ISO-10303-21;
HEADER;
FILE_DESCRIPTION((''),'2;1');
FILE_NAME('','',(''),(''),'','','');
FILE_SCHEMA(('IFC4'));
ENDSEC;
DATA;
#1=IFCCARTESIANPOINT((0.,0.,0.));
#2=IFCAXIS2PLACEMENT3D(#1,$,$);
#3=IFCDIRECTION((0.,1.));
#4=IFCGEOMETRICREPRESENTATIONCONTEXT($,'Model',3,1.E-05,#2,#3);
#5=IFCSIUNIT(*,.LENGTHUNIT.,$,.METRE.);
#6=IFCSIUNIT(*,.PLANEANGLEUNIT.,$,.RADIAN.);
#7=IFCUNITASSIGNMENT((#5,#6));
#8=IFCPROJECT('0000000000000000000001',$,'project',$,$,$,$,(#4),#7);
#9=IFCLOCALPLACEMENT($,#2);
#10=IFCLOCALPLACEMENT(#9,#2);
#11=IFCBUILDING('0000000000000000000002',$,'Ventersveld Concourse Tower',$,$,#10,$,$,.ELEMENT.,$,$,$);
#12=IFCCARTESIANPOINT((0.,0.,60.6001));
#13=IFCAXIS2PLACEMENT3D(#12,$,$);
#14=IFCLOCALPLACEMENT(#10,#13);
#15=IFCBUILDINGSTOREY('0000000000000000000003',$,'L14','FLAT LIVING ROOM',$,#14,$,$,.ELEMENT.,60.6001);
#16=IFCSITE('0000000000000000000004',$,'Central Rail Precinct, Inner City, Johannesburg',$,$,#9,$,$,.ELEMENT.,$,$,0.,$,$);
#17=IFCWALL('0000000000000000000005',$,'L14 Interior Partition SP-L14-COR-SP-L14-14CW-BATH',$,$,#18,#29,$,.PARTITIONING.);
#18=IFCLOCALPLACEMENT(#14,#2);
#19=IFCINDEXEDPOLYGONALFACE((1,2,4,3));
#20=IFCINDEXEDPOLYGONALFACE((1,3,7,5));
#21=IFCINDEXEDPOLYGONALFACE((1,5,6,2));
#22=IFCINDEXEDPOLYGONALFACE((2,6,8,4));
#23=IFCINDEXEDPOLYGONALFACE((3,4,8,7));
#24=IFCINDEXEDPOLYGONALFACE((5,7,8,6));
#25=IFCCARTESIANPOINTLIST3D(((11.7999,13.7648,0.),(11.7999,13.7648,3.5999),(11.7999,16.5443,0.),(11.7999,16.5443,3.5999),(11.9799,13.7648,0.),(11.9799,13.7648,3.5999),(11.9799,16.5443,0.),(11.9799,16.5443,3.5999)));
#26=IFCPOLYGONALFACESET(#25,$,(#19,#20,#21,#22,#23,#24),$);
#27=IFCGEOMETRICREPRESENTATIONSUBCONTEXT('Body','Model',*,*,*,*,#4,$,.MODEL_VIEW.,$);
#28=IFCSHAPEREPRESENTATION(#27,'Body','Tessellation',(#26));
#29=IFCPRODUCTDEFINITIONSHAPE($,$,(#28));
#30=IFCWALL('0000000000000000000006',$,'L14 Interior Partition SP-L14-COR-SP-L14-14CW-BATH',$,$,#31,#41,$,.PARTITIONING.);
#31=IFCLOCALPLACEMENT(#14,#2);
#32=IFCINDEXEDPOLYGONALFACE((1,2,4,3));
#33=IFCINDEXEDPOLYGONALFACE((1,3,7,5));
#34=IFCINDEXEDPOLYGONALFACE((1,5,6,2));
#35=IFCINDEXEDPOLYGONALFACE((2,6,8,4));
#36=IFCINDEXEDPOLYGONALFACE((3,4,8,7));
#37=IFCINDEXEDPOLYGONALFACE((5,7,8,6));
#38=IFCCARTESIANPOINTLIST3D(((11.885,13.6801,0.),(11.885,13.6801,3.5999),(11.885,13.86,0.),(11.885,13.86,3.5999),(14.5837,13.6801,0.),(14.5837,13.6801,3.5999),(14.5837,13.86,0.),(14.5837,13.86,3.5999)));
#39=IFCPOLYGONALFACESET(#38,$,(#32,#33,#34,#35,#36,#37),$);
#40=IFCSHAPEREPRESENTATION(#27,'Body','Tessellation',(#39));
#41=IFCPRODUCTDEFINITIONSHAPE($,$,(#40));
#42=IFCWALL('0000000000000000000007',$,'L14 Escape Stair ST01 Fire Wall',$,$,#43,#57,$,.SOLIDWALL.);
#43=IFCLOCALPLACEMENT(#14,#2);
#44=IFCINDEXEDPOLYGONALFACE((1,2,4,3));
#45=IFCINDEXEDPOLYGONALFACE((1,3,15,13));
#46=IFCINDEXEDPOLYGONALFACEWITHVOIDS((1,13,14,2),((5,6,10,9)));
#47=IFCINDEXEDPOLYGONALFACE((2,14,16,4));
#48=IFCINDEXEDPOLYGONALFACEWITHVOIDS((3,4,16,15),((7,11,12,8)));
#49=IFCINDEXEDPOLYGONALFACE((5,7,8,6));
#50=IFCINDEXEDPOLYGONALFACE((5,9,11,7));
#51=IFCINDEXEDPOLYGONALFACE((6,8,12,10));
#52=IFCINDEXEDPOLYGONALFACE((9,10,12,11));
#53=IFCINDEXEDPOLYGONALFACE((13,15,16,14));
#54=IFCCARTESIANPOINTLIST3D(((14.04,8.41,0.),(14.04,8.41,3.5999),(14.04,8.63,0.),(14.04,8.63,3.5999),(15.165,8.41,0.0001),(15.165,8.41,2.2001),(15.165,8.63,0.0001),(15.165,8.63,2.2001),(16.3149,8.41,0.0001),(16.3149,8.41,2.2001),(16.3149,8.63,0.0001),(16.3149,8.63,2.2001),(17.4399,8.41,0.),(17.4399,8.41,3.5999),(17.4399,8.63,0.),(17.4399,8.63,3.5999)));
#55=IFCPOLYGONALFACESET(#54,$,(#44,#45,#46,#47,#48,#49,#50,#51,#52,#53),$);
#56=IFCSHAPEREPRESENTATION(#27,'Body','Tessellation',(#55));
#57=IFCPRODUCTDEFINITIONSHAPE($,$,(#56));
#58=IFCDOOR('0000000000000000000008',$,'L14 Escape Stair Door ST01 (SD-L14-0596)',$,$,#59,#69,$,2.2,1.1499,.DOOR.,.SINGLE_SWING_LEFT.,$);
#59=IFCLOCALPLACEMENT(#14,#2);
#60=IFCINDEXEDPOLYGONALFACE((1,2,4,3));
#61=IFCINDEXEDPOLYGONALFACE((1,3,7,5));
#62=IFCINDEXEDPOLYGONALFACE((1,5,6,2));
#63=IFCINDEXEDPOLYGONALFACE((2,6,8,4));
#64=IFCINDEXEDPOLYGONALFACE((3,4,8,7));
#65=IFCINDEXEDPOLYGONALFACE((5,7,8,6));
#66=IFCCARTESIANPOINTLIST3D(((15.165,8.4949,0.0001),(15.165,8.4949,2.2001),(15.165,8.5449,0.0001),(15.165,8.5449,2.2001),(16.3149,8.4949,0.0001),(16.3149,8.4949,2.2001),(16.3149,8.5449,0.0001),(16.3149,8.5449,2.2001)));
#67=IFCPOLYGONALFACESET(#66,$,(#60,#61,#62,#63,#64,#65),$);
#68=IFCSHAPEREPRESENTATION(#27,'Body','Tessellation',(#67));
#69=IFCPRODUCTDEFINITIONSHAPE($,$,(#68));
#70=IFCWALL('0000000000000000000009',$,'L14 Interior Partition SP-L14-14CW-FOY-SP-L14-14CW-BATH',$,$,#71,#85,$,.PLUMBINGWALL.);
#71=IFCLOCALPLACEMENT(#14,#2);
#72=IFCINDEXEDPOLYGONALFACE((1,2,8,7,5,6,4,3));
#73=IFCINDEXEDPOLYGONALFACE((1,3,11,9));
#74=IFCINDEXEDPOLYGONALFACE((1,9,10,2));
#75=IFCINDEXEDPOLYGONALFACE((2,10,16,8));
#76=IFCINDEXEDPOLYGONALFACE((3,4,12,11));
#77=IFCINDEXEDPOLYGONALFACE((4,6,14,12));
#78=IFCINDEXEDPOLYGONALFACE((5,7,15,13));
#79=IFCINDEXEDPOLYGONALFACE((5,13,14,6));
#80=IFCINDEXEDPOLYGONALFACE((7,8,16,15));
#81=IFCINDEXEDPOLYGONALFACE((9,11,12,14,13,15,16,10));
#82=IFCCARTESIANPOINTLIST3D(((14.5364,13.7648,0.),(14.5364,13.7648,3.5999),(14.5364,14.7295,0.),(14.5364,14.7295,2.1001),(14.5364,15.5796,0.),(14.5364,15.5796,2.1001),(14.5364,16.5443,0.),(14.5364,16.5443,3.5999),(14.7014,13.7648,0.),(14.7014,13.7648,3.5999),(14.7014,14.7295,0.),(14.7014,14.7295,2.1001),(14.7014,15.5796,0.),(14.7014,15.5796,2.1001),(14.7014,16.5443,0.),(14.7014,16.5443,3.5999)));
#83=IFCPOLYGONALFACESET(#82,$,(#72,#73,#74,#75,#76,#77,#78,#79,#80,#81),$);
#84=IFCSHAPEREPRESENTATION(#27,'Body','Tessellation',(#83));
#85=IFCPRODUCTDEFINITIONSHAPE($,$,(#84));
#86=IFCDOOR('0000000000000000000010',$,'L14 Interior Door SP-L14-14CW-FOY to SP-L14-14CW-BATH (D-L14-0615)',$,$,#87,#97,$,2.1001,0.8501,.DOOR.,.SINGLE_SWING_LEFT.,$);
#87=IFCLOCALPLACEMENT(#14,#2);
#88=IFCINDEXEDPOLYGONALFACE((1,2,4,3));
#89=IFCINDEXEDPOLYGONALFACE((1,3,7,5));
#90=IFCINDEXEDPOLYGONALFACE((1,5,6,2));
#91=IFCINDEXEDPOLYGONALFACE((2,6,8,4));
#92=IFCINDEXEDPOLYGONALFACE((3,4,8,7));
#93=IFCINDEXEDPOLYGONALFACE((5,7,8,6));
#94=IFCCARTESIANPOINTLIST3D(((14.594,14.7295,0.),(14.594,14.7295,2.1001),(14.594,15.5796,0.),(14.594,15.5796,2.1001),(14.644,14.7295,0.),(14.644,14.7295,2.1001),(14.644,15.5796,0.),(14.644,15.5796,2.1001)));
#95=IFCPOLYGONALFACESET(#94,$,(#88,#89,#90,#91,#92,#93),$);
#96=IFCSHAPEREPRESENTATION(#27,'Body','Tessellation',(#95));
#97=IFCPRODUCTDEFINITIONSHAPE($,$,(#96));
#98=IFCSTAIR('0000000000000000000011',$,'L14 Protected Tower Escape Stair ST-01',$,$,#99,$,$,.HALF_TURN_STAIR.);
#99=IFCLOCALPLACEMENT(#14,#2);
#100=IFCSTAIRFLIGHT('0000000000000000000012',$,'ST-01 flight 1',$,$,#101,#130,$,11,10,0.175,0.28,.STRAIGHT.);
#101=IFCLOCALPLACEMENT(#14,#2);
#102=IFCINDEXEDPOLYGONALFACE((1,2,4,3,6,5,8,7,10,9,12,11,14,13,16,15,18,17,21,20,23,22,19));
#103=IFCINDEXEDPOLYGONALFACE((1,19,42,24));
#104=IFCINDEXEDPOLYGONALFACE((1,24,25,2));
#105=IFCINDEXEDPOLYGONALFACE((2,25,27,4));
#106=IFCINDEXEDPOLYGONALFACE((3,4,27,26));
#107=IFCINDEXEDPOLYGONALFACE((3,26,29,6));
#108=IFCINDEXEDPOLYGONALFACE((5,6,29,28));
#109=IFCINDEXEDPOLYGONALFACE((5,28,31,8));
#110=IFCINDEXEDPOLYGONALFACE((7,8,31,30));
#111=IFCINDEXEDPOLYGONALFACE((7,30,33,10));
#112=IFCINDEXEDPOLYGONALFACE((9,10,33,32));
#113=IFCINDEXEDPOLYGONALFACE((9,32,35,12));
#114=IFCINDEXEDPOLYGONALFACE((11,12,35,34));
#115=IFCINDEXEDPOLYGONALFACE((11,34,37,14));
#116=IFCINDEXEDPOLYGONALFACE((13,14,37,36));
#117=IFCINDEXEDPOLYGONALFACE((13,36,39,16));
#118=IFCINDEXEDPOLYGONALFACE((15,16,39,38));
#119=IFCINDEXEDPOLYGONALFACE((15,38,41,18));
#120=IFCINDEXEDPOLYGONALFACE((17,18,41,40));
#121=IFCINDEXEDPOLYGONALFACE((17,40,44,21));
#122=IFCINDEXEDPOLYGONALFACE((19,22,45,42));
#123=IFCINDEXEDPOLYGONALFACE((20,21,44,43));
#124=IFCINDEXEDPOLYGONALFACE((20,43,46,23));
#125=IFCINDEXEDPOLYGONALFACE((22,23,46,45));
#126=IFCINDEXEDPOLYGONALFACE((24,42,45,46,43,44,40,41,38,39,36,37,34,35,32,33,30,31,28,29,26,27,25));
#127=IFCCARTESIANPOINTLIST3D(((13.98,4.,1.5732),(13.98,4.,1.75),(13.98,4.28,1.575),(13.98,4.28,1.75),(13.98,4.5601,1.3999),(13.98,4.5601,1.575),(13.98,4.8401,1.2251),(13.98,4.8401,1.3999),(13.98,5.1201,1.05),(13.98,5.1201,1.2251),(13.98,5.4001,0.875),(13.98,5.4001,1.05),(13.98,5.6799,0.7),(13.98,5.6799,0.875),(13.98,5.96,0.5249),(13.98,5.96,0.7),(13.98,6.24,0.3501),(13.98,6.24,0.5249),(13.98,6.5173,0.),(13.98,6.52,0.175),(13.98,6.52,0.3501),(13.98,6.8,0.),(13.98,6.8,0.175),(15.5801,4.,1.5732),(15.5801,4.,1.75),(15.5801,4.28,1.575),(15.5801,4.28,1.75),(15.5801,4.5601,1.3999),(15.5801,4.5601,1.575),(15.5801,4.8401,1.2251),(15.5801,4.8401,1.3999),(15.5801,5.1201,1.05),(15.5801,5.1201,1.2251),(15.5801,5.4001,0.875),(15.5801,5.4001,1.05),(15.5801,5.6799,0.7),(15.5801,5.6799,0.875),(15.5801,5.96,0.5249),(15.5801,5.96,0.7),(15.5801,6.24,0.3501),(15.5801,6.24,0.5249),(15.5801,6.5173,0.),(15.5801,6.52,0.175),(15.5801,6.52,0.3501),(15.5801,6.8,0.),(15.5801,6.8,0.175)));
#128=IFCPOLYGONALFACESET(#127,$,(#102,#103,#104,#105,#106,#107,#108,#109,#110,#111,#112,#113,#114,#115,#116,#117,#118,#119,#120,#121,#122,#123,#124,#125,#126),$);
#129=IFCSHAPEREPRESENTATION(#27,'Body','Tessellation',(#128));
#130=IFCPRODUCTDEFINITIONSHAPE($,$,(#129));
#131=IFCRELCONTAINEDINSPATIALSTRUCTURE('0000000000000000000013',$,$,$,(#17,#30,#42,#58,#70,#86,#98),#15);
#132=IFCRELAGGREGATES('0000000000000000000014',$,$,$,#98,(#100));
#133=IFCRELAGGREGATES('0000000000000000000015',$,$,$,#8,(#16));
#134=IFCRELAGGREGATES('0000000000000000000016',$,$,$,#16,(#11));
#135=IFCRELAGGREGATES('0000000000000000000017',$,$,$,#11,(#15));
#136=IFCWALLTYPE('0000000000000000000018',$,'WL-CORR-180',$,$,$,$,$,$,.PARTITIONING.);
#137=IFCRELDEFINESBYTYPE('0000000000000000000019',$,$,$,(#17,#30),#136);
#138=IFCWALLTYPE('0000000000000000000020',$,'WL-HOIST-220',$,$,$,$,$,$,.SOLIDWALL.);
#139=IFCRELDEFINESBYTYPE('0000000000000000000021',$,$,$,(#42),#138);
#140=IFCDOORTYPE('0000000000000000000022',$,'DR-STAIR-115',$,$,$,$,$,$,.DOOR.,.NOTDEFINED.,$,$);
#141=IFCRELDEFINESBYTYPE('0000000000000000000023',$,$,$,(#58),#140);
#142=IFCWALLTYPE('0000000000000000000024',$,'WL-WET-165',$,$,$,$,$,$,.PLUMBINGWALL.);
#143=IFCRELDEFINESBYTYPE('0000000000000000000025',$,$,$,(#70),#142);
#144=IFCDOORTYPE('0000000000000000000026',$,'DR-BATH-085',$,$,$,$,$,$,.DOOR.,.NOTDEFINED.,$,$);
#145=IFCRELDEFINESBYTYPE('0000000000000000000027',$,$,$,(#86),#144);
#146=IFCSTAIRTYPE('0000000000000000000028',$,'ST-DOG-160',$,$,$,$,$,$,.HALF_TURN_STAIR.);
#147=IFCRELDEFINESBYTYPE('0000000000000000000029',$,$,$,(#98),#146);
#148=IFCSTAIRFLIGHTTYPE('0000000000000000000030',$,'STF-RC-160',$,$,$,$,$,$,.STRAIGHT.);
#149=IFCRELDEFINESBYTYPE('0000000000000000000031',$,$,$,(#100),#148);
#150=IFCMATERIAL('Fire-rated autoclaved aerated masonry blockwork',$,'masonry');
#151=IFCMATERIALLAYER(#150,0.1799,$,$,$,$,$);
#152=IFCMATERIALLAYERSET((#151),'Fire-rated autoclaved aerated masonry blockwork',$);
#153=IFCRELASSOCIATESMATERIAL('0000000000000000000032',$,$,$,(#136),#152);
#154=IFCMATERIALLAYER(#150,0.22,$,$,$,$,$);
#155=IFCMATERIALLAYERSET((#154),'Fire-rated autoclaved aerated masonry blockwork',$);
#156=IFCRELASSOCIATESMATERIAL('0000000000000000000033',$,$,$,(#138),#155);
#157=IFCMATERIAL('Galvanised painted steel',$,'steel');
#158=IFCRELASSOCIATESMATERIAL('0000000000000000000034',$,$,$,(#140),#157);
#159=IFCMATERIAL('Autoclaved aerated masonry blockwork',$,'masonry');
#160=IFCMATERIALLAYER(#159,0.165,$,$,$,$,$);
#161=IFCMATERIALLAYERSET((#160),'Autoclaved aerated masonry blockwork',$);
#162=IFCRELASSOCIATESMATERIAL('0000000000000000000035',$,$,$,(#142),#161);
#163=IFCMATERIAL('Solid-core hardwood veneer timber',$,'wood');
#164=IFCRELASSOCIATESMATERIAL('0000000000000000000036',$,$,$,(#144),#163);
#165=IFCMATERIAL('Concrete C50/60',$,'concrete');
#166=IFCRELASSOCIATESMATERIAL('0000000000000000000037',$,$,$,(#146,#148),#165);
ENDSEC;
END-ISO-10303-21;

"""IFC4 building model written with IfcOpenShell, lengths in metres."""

from ifc_helpers import new_model, si_unit, direction, frame, frame_2d, origin, place, context, subcontext, project, spatial, polyline, rectangle, outline, extrude, material, layer, layer_set, type_object, element, fill, aggregate, save


model = new_model("IFC4")

# Units and contexts
model_context = context("Model", 3, precision=1e-05, world=origin(), true_north=direction((0.0, 1.0)))
body_context = subcontext(model_context, "Body", "Model", "MODEL_VIEW")
ifc_project = project(units=[si_unit("LENGTHUNIT", "METRE"), si_unit("PLANEANGLEUNIT", "RADIAN")], contexts=[model_context])

# Site, building, storey
site_placement = place(None, origin())
site = spatial("IfcSite", under=ifc_project, at=site_placement, Name="Central Rail Precinct, Inner City, Johannesburg", CompositionType="ELEMENT", RefElevation=0.0)
building_placement = place(site_placement, origin())
building = spatial("IfcBuilding", under=site, at=building_placement, Name="Ventersveld Concourse Tower", CompositionType="ELEMENT")
storey_placement = place(building_placement, frame((0.0, 0.0, 60.6001)))
storey = spatial("IfcBuildingStorey", under=building, at=storey_placement, Name="L14", Description="FLAT LIVING ROOM", CompositionType="ELEMENT", Elevation=60.6001)

# Shared definitions
ifc_material_1 = material(Name="Concrete C50/60", Category="concrete")

# Shared definitions
ifc_material_2 = material(Name="Fire-rated autoclaved aerated masonry blockwork", Category="masonry")
ifc_layer_1 = layer(ifc_material_2, 0.1799)
ifc_layer_set_1 = layer_set([ifc_layer_1], Name="Fire-rated autoclaved aerated masonry blockwork")
wall_type_1 = type_object("IfcWallType", Name="WL-CORR-180", PredefinedType="PARTITIONING", material=ifc_layer_set_1)
ifc_material_3 = material(Name="Solid-core hardwood veneer timber", Category="wood")

# Walls
wall_1_placement = place(storey_placement, frame((11.8899, 13.7649, 0.0), z_axis=(0.0, 0.0, 1.0), x_axis=(0.0, 1.0, 0.0)))
element("IfcWall", 1, at=wall_1_placement, inside=storey, type_object=wall_type_1, Name="L14 Interior Partition SP-L14-COR-SP-L14-14CW-BATH", PredefinedType="PARTITIONING", context=body_context, shape_type="SweptSolid", body=[
    extrude(rectangle(XDim=2.7795, YDim=0.1799, at=frame_2d((1.3896, 0.0))), origin(), (0.0, 0.0, 1.0), 3.5999),
])
wall_2_placement = place(storey_placement, frame((11.885, 13.77, 0.0), z_axis=(0.0, 0.0, 1.0), x_axis=(1.0, 0.0, 0.0)))
element("IfcWall", 2, at=wall_2_placement, inside=storey, type_object=wall_type_1, Name="L14 Interior Partition SP-L14-COR-SP-L14-14CW-BATH", PredefinedType="PARTITIONING", context=body_context, shape_type="SweptSolid", body=[
    extrude(rectangle(XDim=2.6987, YDim=0.1799, at=frame_2d((1.3494, 0.0))), origin(), (0.0, 0.0, 1.0), 3.5999),
])

# Walls, openings, doors
ifc_layer_2 = layer(ifc_material_2, 0.22)
ifc_layer_set_2 = layer_set([ifc_layer_2], Name="Fire-rated autoclaved aerated masonry blockwork")
wall_type_2 = type_object("IfcWallType", Name="WL-HOIST-220", PredefinedType="SOLIDWALL", material=ifc_layer_set_2)
wall_3_placement = place(storey_placement, frame((14.04, 8.52, 0.0), z_axis=(0.0, 0.0, 1.0), x_axis=(1.0, 0.0, 0.0)))
wall_3 = element("IfcWall", 3, at=wall_3_placement, inside=storey, type_object=wall_type_2, Name="L14 Escape Stair ST01 Fire Wall", PredefinedType="SOLIDWALL", context=body_context, shape_type="SweptSolid", body=[
    extrude(rectangle(XDim=3.3999, YDim=0.22, at=frame_2d((1.7, 0.0))), origin(), (0.0, 0.0, 1.0), 3.5999),
])
opening_1_placement = place(wall_3_placement, frame((1.125, 0.0, 0.0)))
opening_1 = element("IfcOpeningElement", 4, at=opening_1_placement, cuts=wall_3, PredefinedType="OPENING", context=body_context, shape_type="SweptSolid", body=[
    extrude(rectangle(XDim=1.1499, YDim=2.2, at=frame_2d((0.575, 1.1001))), frame((0.0, 0.1201, 0.0), z_axis=(0.0, -1.0, 0.0), x_axis=(1.0, 0.0, 0.0)), (0.0, 0.0, 1.0), 0.24),
])
ifc_material_4 = material(Name="Galvanised painted steel", Category="steel")
door_type_1 = type_object("IfcDoorType", Name="DR-STAIR-115", OperationType="NOTDEFINED", PredefinedType="DOOR", material=ifc_material_4)
door_1_placement = place(opening_1_placement, origin())
door_1 = element("IfcDoor", 5, at=door_1_placement, inside=storey, type_object=door_type_1, Name="L14 Escape Stair Door ST01 (SD-L14-0596)", OperationType="SINGLE_SWING_LEFT", OverallHeight=2.2, OverallWidth=1.1499, PredefinedType="DOOR", context=body_context, shape_type="SweptSolid", body=[
    extrude(rectangle(XDim=1.1499, YDim=2.2, at=frame_2d((0.575, 1.1001))), frame((0.0, 0.0249, 0.0), z_axis=(0.0, -1.0, 0.0), x_axis=(1.0, 0.0, 0.0)), (0.0, 0.0, 1.0), 0.05),
])
fill(opening_1, door_1)
ifc_material_5 = material(Name="Autoclaved aerated masonry blockwork", Category="masonry")
ifc_layer_3 = layer(ifc_material_5, 0.165)
ifc_layer_set_3 = layer_set([ifc_layer_3], Name="Autoclaved aerated masonry blockwork")
wall_type_3 = type_object("IfcWallType", Name="WL-WET-165", PredefinedType="PLUMBINGWALL", material=ifc_layer_set_3)
wall_4_placement = place(storey_placement, frame((14.6189, 13.7649, 0.0), z_axis=(0.0, 0.0, 1.0), x_axis=(0.0, 1.0, 0.0)))
wall_4 = element("IfcWall", 6, at=wall_4_placement, inside=storey, type_object=wall_type_3, Name="L14 Interior Partition SP-L14-14CW-FOY-SP-L14-14CW-BATH", PredefinedType="PLUMBINGWALL", context=body_context, shape_type="SweptSolid", body=[
    extrude(rectangle(XDim=2.7795, YDim=0.165, at=frame_2d((1.3896, 0.0))), origin(), (0.0, 0.0, 1.0), 3.5999),
])
opening_2_placement = place(wall_4_placement, frame((0.9646, 0.0, 0.0)))
opening_2 = element("IfcOpeningElement", 7, at=opening_2_placement, cuts=wall_4, PredefinedType="OPENING", context=body_context, shape_type="SweptSolid", body=[
    extrude(rectangle(XDim=0.8501, YDim=2.1001, at=frame_2d((0.425, 1.05))), frame((0.0, 0.0925, 0.0), z_axis=(0.0, -1.0, 0.0), x_axis=(1.0, 0.0, 0.0)), (0.0, 0.0, 1.0), 0.1851),
])
door_type_2 = type_object("IfcDoorType", Name="DR-BATH-085", OperationType="NOTDEFINED", PredefinedType="DOOR", material=ifc_material_3)
door_2_placement = place(opening_2_placement, origin())
door_2 = element("IfcDoor", 8, at=door_2_placement, inside=storey, type_object=door_type_2, Name="L14 Interior Door SP-L14-14CW-FOY to SP-L14-14CW-BATH (D-L14-0615)", OperationType="SINGLE_SWING_LEFT", OverallHeight=2.1001, OverallWidth=0.8501, PredefinedType="DOOR", context=body_context, shape_type="SweptSolid", body=[
    extrude(rectangle(XDim=0.8501, YDim=2.1001, at=frame_2d((0.425, 1.05))), frame((0.0, 0.0249, 0.0), z_axis=(0.0, -1.0, 0.0), x_axis=(1.0, 0.0, 0.0)), (0.0, 0.0, 1.0), 0.05),
])
fill(opening_2, door_2)

# Stair, stair flight
stair_type = type_object("IfcStairType", Name="ST-DOG-160", PredefinedType="HALF_TURN_STAIR", material=ifc_material_1)
stair_placement = place(storey_placement, origin())
stair = element("IfcStair", 9, at=stair_placement, inside=storey, type_object=stair_type, Name="L14 Protected Tower Escape Stair ST-01", PredefinedType="HALF_TURN_STAIR")
stair_flight_type = type_object("IfcStairFlightType", Name="STF-RC-160", PredefinedType="STRAIGHT", material=ifc_material_1)
stair_flight_placement = place(storey_placement, frame((14.78, 6.8, 0.0), z_axis=(0.0, 0.0, 1.0), x_axis=(0.0, -1.0, 0.0)))
stair_flight = element("IfcStairFlight", 10, at=stair_flight_placement, type_object=stair_flight_type, Name="ST-01 flight 1", NumberOfRisers=11, NumberOfTreads=10, PredefinedType="STRAIGHT", RiserHeight=0.175, TreadLength=0.28, context=body_context, shape_type="SweptSolid", body=[
    extrude(outline(polyline([(0.0, 0.0), (0.0, 0.175), (0.28, 0.175), (0.28, 0.3501), (0.5601, 0.3501), (0.5601, 0.5249), (0.8401, 0.5249), (0.8401, 0.7), (1.1201, 0.7), (1.1201, 0.875), (1.3999, 0.875), (1.3999, 1.05), (1.6799, 1.05), (1.6799, 1.2251), (1.96, 1.2251), (1.96, 1.3999), (2.24, 1.3999), (2.24, 1.575), (2.52, 1.575), (2.52, 1.75), (2.8, 1.75), (2.8, 1.925), (2.8, 1.5732), (0.2827, 0.0), (0.0, 0.0)])), frame((0.0, 0.8, 0.0), z_axis=(0.0, -1.0, 0.0), x_axis=(1.0, 0.0, 0.0)), (0.0, 0.0, 1.0), 1.6001),
])
aggregate(stair, [stair_flight])

save(model, "model.ifc")
